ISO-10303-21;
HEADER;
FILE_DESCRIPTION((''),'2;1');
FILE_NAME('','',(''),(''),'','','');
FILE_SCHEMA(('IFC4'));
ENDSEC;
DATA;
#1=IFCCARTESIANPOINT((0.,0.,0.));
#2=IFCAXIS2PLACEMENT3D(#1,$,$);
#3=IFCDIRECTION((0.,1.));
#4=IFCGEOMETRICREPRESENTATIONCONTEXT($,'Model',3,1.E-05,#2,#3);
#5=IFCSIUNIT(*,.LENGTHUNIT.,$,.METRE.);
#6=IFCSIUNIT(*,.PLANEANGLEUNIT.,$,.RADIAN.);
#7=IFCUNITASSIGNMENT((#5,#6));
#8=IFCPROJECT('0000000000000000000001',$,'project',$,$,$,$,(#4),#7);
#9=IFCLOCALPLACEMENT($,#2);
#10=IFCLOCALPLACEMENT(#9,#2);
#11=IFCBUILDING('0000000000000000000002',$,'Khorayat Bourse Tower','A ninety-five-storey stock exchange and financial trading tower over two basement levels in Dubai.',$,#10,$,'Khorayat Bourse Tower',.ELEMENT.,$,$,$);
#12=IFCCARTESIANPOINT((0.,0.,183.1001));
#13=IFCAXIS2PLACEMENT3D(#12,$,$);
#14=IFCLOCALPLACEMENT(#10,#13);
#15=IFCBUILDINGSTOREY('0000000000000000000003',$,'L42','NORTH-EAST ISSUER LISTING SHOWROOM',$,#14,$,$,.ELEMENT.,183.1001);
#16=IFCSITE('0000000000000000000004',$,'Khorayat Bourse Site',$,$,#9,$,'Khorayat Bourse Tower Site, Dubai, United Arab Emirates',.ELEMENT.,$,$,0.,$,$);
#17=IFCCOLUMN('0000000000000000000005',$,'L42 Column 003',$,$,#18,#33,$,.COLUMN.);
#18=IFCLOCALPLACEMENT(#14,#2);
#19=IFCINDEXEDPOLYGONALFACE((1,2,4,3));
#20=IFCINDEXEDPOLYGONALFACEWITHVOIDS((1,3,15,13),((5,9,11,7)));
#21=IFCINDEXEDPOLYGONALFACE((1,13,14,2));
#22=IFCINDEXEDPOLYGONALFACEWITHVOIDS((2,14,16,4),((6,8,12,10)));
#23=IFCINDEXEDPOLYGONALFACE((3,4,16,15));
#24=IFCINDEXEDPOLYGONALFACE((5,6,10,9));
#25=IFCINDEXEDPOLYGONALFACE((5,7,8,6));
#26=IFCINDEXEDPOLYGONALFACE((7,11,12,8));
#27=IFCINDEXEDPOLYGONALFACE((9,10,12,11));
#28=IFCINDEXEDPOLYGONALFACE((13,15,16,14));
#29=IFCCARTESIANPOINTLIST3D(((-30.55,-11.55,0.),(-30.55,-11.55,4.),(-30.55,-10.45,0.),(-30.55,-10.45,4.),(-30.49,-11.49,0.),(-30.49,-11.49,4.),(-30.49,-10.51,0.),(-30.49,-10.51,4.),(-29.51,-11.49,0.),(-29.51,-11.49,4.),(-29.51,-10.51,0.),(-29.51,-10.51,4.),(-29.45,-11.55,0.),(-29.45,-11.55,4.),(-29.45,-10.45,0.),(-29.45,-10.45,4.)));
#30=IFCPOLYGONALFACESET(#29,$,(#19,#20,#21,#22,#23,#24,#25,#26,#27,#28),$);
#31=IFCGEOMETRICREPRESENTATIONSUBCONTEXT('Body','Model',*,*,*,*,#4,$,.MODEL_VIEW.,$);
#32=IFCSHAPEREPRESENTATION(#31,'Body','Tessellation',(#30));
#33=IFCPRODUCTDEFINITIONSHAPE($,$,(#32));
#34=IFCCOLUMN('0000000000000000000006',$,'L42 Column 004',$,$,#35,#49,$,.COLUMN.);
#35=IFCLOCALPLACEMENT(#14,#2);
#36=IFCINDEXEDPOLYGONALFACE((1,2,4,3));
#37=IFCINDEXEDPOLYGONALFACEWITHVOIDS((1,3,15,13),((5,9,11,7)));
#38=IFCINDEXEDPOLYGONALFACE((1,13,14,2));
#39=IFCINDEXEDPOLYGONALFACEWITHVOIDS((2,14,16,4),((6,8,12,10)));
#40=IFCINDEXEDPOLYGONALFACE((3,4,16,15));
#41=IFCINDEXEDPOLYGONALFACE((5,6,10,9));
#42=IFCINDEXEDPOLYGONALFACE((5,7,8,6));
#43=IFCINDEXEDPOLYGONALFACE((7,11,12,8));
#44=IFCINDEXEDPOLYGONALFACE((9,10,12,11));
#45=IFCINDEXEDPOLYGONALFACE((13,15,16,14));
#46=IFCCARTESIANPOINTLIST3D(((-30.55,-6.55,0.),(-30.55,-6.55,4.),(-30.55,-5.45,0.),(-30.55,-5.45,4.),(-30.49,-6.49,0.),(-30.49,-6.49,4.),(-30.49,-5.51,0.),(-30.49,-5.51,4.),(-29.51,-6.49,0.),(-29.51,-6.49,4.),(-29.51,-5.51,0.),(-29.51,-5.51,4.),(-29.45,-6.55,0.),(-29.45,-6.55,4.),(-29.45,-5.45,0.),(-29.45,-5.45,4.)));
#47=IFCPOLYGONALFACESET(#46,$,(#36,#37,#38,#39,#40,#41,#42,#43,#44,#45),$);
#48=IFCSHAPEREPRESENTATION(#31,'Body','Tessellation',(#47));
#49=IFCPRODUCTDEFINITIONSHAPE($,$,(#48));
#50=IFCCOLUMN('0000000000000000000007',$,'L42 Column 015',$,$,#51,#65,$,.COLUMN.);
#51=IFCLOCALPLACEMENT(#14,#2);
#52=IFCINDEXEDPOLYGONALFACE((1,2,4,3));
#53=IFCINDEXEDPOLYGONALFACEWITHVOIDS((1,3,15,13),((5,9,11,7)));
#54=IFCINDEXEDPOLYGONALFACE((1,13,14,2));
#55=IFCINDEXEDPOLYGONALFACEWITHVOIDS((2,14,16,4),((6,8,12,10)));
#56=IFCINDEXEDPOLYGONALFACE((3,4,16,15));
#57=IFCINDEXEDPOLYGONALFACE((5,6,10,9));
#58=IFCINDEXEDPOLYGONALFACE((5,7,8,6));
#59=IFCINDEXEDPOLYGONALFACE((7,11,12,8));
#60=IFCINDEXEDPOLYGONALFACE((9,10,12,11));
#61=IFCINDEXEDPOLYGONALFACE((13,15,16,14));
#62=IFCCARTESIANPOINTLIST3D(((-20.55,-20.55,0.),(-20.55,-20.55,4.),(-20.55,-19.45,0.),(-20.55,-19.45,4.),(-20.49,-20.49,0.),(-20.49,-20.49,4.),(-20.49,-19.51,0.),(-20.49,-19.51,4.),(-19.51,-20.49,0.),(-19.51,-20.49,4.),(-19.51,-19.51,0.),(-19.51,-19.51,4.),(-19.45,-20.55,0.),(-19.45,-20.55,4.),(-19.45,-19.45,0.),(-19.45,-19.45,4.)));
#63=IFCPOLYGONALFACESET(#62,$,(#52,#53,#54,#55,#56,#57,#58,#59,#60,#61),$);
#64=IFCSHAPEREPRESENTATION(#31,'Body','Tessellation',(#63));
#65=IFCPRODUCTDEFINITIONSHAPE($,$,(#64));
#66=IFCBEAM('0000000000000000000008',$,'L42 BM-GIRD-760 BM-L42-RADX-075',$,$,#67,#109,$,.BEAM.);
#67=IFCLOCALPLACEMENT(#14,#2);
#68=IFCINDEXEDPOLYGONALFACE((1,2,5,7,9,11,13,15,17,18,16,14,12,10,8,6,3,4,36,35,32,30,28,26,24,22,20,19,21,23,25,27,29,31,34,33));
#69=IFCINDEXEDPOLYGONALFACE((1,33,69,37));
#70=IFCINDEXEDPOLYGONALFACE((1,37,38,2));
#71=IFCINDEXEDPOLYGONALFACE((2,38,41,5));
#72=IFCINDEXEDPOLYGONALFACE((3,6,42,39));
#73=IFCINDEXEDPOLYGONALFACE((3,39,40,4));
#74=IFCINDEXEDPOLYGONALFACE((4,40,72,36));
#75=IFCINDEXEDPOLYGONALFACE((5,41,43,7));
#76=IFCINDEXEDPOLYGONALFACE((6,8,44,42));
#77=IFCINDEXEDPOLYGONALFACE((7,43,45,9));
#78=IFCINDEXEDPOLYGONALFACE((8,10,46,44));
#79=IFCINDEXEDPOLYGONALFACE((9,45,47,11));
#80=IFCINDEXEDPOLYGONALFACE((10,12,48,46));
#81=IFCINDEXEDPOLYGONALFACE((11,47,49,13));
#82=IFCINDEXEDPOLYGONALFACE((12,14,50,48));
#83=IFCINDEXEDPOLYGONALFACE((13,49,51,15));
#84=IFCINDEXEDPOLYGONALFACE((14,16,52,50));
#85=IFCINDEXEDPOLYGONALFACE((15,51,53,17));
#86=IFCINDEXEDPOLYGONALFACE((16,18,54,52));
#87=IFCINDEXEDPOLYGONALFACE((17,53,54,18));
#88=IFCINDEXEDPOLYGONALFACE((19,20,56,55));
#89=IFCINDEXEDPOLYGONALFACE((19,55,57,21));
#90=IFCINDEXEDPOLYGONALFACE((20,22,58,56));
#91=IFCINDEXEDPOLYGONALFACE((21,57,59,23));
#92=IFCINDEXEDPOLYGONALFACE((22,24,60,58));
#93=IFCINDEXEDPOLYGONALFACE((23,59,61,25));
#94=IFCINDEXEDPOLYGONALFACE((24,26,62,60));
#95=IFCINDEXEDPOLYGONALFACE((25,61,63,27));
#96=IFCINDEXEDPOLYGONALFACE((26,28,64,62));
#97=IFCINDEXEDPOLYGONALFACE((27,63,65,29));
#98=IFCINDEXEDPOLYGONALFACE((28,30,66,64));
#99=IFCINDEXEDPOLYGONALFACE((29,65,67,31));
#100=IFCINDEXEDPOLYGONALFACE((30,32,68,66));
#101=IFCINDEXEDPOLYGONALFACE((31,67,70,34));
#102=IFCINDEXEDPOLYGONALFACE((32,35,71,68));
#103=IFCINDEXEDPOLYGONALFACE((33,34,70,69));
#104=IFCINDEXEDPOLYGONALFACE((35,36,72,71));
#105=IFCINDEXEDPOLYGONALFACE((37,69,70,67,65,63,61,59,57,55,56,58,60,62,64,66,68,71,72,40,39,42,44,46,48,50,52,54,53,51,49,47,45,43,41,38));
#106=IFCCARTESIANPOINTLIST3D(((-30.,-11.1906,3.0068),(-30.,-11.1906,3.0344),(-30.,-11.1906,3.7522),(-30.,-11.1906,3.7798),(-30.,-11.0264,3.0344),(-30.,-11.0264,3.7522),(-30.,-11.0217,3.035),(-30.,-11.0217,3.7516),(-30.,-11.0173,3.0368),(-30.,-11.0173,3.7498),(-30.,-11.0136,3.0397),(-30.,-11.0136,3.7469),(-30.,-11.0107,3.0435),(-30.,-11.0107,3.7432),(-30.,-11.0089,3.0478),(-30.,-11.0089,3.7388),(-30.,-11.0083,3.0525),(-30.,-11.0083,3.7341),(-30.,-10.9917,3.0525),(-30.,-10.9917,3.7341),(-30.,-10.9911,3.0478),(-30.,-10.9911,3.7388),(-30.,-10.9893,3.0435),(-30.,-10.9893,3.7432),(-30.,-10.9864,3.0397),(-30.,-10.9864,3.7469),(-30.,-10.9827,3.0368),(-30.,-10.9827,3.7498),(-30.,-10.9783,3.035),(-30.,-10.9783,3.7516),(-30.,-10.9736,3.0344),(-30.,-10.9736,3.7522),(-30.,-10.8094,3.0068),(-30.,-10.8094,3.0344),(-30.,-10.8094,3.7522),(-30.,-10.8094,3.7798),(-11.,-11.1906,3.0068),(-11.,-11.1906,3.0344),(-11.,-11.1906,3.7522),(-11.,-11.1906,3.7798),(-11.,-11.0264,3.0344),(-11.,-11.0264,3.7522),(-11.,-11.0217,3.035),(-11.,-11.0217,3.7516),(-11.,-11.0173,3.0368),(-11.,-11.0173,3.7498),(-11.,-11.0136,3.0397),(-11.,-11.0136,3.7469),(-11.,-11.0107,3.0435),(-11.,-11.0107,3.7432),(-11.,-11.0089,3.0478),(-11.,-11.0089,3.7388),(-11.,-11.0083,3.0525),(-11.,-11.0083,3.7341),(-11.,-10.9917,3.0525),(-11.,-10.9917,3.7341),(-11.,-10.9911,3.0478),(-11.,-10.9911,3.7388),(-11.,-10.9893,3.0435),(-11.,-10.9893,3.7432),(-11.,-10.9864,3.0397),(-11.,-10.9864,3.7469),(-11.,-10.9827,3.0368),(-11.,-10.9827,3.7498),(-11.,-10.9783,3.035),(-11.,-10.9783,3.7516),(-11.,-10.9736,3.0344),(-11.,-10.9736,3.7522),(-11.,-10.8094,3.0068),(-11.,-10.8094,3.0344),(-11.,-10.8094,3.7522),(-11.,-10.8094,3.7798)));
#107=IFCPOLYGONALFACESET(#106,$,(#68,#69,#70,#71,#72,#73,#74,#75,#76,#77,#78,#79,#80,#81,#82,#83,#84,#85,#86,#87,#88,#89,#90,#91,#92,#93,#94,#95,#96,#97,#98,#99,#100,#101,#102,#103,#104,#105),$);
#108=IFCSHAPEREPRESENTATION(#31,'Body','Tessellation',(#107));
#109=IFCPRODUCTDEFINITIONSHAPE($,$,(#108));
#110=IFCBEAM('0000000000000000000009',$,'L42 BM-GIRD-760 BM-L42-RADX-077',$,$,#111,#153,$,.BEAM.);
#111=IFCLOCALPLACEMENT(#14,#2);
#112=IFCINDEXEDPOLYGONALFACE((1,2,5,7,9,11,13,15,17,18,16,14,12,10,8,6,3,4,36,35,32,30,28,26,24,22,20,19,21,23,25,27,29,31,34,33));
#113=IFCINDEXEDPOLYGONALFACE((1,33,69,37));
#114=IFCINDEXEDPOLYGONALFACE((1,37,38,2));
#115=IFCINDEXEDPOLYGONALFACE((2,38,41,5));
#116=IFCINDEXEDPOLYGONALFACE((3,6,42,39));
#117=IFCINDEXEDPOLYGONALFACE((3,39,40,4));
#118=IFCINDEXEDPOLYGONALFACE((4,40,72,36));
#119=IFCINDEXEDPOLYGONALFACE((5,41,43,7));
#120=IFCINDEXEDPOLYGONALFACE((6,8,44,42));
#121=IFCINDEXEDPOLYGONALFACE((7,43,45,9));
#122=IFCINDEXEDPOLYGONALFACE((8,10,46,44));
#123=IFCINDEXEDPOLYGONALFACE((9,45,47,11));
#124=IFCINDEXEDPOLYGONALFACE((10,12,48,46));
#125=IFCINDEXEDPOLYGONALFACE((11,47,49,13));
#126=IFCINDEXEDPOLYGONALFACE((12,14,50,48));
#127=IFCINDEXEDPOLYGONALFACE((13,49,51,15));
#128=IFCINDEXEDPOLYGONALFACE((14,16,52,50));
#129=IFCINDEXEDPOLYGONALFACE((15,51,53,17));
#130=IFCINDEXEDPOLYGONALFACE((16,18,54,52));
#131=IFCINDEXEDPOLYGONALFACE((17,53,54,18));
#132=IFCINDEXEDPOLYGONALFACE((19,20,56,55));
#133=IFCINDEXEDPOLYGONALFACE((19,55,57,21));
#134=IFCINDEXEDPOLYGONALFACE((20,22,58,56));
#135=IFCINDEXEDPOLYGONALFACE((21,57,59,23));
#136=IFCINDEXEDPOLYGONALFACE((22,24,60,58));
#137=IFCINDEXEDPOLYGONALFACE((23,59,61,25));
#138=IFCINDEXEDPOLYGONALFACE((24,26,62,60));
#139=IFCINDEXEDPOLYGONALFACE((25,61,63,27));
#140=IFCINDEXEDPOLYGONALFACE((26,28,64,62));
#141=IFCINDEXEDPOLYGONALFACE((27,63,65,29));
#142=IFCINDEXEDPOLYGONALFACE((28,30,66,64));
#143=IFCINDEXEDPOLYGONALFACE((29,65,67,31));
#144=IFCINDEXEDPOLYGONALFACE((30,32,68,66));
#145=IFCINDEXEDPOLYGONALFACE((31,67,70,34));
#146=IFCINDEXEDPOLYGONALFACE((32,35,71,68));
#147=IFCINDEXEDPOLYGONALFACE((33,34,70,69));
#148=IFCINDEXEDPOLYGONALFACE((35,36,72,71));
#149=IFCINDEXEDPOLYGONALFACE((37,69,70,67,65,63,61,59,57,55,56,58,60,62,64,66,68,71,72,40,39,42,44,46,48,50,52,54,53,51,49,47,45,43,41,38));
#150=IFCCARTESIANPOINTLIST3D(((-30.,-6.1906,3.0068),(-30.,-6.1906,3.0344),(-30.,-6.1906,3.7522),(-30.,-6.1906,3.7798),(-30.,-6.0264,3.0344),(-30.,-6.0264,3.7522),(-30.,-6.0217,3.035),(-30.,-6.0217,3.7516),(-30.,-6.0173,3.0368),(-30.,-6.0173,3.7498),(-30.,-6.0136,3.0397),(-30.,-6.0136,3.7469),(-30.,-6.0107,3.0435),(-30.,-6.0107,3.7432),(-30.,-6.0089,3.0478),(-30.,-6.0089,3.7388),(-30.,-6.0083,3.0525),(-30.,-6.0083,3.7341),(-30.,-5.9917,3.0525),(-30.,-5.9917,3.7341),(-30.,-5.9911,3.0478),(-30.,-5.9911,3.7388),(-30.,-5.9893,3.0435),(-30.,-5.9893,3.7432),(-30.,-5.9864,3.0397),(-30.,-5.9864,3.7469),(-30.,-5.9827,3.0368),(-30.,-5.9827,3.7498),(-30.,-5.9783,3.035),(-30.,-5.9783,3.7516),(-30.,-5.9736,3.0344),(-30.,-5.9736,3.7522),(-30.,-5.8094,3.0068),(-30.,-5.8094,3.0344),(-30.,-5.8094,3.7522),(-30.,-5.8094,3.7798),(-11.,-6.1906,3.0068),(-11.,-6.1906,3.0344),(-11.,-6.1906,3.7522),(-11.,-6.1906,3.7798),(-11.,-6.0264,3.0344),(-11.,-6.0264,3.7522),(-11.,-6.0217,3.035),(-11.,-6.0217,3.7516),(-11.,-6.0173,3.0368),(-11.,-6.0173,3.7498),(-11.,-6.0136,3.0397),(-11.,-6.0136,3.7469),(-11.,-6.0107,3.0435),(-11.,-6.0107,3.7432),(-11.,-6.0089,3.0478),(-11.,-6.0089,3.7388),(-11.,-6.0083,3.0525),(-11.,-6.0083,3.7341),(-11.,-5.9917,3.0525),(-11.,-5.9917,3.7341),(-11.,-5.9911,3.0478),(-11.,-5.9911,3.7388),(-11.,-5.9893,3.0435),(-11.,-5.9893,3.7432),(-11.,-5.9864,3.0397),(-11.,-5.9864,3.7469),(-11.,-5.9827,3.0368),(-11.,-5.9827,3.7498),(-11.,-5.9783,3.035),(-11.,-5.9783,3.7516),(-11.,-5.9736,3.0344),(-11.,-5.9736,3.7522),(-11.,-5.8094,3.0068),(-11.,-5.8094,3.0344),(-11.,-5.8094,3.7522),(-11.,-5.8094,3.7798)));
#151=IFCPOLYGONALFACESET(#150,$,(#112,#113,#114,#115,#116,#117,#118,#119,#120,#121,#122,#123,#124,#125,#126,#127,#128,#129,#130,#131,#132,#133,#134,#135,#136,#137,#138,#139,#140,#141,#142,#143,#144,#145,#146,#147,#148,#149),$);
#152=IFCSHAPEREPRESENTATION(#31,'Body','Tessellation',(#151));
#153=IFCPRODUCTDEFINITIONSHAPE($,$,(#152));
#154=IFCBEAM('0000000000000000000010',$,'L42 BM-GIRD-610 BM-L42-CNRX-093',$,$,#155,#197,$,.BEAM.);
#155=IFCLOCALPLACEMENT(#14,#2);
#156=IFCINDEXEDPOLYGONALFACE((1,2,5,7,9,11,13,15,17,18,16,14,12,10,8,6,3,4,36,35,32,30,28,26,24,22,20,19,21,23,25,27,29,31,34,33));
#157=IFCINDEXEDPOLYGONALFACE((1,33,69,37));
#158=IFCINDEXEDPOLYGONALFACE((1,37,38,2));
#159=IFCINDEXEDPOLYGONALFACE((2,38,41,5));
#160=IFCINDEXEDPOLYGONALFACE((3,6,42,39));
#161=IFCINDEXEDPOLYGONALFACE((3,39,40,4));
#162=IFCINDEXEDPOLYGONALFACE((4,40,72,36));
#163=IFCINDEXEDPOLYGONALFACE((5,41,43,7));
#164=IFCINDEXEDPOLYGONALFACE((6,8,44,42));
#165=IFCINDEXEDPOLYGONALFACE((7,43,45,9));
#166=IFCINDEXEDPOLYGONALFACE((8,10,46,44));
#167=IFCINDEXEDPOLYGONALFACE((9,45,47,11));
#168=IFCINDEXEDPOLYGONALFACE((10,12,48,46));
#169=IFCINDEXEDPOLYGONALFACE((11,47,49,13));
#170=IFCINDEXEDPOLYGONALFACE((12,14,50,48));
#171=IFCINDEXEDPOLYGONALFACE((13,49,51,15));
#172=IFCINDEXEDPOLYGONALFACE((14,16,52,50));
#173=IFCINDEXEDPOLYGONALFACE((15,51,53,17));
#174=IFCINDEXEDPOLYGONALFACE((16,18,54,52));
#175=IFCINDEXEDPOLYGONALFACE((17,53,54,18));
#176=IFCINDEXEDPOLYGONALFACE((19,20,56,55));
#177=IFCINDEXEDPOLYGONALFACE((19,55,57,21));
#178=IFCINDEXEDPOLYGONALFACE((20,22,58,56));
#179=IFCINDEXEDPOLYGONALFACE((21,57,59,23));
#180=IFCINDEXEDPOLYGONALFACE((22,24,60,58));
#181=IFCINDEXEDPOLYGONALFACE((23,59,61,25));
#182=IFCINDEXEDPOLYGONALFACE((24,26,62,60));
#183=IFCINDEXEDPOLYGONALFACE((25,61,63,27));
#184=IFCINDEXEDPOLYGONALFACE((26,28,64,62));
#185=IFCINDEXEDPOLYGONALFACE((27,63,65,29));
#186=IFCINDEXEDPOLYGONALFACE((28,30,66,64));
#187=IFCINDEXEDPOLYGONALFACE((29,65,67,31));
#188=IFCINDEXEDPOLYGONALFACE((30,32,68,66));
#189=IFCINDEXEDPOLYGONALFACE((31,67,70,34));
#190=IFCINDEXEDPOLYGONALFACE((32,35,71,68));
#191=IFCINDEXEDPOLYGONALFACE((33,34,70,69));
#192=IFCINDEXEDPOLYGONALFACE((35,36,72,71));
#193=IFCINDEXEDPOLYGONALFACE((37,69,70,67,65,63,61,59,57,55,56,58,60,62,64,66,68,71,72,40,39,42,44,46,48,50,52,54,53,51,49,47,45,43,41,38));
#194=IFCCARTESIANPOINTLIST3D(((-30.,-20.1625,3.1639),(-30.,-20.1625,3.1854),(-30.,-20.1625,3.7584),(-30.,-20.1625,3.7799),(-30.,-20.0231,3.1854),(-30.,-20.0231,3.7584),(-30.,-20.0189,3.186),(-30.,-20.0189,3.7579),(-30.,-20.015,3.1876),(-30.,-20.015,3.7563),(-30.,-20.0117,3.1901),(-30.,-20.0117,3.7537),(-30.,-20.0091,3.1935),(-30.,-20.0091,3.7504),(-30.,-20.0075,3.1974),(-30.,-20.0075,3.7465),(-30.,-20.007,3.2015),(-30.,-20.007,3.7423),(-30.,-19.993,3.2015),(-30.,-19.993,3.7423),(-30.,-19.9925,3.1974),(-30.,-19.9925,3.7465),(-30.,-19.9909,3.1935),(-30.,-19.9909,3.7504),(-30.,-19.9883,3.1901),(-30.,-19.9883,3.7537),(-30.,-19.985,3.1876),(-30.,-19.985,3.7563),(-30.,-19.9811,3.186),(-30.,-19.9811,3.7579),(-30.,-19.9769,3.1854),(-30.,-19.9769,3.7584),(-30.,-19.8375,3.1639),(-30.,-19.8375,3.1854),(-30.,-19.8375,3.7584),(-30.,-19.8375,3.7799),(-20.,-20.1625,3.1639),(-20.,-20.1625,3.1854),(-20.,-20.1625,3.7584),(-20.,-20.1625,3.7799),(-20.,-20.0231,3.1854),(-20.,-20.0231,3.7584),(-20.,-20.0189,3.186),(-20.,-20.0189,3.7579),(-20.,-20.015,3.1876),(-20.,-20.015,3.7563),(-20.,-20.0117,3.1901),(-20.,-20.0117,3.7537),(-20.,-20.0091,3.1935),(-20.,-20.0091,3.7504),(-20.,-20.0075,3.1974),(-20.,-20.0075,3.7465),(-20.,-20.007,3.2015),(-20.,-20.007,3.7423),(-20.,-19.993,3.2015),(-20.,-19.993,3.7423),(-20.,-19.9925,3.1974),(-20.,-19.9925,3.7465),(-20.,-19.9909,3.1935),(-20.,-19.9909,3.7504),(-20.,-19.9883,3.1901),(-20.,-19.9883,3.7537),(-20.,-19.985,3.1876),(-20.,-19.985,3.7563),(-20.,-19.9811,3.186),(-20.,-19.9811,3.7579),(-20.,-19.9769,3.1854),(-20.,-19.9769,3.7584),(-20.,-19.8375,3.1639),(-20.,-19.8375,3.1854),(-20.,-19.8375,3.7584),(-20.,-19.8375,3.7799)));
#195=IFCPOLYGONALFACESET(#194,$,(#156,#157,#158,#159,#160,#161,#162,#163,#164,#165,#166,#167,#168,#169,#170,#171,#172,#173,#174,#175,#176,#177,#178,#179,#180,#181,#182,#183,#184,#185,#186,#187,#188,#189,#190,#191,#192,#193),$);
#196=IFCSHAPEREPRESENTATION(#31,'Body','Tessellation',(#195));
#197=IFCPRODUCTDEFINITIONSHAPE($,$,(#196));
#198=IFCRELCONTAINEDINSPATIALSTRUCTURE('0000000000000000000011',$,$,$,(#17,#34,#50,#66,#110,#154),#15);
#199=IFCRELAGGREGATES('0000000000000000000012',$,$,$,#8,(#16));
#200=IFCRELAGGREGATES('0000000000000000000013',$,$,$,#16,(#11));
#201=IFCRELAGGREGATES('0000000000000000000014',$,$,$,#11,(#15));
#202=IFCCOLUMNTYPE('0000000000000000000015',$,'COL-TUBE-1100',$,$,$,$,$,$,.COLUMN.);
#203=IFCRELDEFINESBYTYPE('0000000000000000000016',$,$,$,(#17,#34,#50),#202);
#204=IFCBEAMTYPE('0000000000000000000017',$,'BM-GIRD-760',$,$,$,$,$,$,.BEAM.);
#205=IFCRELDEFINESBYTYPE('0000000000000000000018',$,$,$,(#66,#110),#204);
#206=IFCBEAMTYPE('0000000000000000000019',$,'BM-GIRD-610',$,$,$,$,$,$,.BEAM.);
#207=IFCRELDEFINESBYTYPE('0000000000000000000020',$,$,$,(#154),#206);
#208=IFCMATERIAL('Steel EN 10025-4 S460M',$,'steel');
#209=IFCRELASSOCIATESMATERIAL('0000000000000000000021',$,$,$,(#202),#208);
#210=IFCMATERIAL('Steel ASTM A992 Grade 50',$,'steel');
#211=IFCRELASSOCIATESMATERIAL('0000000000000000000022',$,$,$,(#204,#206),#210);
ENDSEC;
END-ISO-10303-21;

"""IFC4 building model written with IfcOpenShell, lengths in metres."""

from ifc_helpers import new_model, si_unit, direction, frame, origin, origin_2d, place, context, subcontext, project, spatial, hollow_rectangle, i_section, extrude, source, transform, mapped, material, material_profile, profile_set, type_object, element, save


model = new_model("IFC4")

# Units and contexts
model_context = context("Model", 3, precision=1e-05, world=origin(), true_north=direction((0.0, 1.0)))
body_context = subcontext(model_context, "Body", "Model", "MODEL_VIEW")
ifc_project = project(units=[si_unit("LENGTHUNIT", "METRE"), si_unit("PLANEANGLEUNIT", "RADIAN")], contexts=[model_context])

# Site, building, storey
site_placement = place(None, origin())
site = spatial("IfcSite", under=ifc_project, at=site_placement, Name="Khorayat Bourse Site", LongName="Khorayat Bourse Tower Site, Dubai, United Arab Emirates", CompositionType="ELEMENT", RefElevation=0.0)
building_placement = place(site_placement, origin())
building = spatial("IfcBuilding", under=site, at=building_placement, Name="Khorayat Bourse Tower", Description="A ninety-five-storey stock exchange and financial trading tower over two basement levels in Dubai.", LongName="Khorayat Bourse Tower", CompositionType="ELEMENT")
storey_placement = place(building_placement, frame((0.0, 0.0, 183.1001)))
storey = spatial("IfcBuildingStorey", under=building, at=storey_placement, Name="L42", Description="NORTH-EAST ISSUER LISTING SHOWROOM", CompositionType="ELEMENT", Elevation=183.1001)

# Columns
ifc_material_1 = material(Name="Steel EN 10025-4 S460M", Category="steel")
ifc_material_profile_1 = material_profile(ifc_material_1, hollow_rectangle(XDim=1.1001, YDim=1.1001, WallThickness=0.0601, at=origin_2d()), Name="BOX 1100x1100x60")
ifc_profile_set_1 = profile_set([ifc_material_profile_1], Name="Steel EN 10025-4 S460M")
column_type = type_object("IfcColumnType", Name="COL-TUBE-1100", PredefinedType="COLUMN", material=ifc_profile_set_1)
shared_shape_1 = source(origin(), body_context, "Body", "SweptSolid", [
    extrude(hollow_rectangle(XDim=1.1001, YDim=1.1001, WallThickness=0.0601, at=origin_2d()), origin(), (0.0, 0.0, 1.0), 4.0),
])
for number, where, z_axis, x_axis, name in (
    (1, (-30.0, -11.0, 0.0), (0.0, 0.0, 1.0), (1.0, 0.0, 0.0), "L42 Column 003"),
    (2, (-30.0, -6.0, 0.0), (0.0, 0.0, 1.0), (1.0, 0.0, 0.0), "L42 Column 004"),
    (3, (-20.0, -20.0, 0.0), (0.0, 0.0, 1.0), (1.0, 0.0, 0.0), "L42 Column 015"),
):
    element("IfcColumn", number, at=place(storey_placement, frame(where, z_axis=z_axis, x_axis=x_axis)), inside=storey, type_object=column_type, Name=name, PredefinedType="COLUMN", context=body_context, shape_type="MappedRepresentation", body=[
        mapped(shared_shape_1, transform((0.0, 0.0, 0.0), scale=1.0)),
    ])

# Beams
ifc_material_2 = material(Name="Steel ASTM A992 Grade 50", Category="steel")
ifc_material_profile_2 = material_profile(ifc_material_2, i_section(OverallWidth=0.3811, OverallDepth=0.7729, WebThickness=0.0166, FlangeThickness=0.0276, FilletRadius=0.0181, at=origin_2d()), Name="W760X257")
ifc_profile_set_2 = profile_set([ifc_material_profile_2], Name="Steel ASTM A992 Grade 50")
beam_type_1 = type_object("IfcBeamType", Name="BM-GIRD-760", PredefinedType="BEAM", material=ifc_profile_set_2)
shared_shape_2 = source(origin(), body_context, "Body", "SweptSolid", [
    extrude(i_section(OverallWidth=0.3811, OverallDepth=0.7729, WebThickness=0.0166, FlangeThickness=0.0276, FilletRadius=0.0181, at=origin_2d()), origin(), (0.0, 0.0, 1.0), 19.0),
])
for number, where, z_axis, x_axis, name in (
    (4, (-30.0, -11.0, 3.3933), (1.0, 0.0, 0.0), (0.0, 1.0, 0.0), "L42 BM-GIRD-760 BM-L42-RADX-075"),
    (5, (-30.0, -6.0, 3.3933), (1.0, 0.0, 0.0), (0.0, 1.0, 0.0), "L42 BM-GIRD-760 BM-L42-RADX-077"),
):
    element("IfcBeam", number, at=place(storey_placement, frame(where, z_axis=z_axis, x_axis=x_axis)), inside=storey, type_object=beam_type_1, Name=name, PredefinedType="BEAM", context=body_context, shape_type="MappedRepresentation", body=[
        mapped(shared_shape_2, transform((0.0, 0.0, 0.0), scale=1.0)),
    ])
ifc_material_profile_3 = material_profile(ifc_material_2, i_section(OverallWidth=0.325, OverallDepth=0.616, WebThickness=0.0139, FlangeThickness=0.0215, FilletRadius=0.0161, at=origin_2d()), Name="W610X174")
ifc_profile_set_3 = profile_set([ifc_material_profile_3], Name="Steel ASTM A992 Grade 50")
beam_type_2 = type_object("IfcBeamType", Name="BM-GIRD-610", PredefinedType="BEAM", material=ifc_profile_set_3)
shared_shape_3 = source(origin(), body_context, "Body", "SweptSolid", [
    extrude(i_section(OverallWidth=0.325, OverallDepth=0.616, WebThickness=0.0139, FlangeThickness=0.0215, FilletRadius=0.0161, at=origin_2d()), origin(), (0.0, 0.0, 1.0), 10.0),
])
beam_1_placement = place(storey_placement, frame((-30.0, -20.0, 3.4719), z_axis=(1.0, 0.0, 0.0), x_axis=(0.0, 1.0, 0.0)))
element("IfcBeam", 6, at=beam_1_placement, inside=storey, type_object=beam_type_2, Name="L42 BM-GIRD-610 BM-L42-CNRX-093", PredefinedType="BEAM", context=body_context, shape_type="MappedRepresentation", body=[
    mapped(shared_shape_3, transform((0.0, 0.0, 0.0), scale=1.0)),
])

save(model, "model.ifc")
